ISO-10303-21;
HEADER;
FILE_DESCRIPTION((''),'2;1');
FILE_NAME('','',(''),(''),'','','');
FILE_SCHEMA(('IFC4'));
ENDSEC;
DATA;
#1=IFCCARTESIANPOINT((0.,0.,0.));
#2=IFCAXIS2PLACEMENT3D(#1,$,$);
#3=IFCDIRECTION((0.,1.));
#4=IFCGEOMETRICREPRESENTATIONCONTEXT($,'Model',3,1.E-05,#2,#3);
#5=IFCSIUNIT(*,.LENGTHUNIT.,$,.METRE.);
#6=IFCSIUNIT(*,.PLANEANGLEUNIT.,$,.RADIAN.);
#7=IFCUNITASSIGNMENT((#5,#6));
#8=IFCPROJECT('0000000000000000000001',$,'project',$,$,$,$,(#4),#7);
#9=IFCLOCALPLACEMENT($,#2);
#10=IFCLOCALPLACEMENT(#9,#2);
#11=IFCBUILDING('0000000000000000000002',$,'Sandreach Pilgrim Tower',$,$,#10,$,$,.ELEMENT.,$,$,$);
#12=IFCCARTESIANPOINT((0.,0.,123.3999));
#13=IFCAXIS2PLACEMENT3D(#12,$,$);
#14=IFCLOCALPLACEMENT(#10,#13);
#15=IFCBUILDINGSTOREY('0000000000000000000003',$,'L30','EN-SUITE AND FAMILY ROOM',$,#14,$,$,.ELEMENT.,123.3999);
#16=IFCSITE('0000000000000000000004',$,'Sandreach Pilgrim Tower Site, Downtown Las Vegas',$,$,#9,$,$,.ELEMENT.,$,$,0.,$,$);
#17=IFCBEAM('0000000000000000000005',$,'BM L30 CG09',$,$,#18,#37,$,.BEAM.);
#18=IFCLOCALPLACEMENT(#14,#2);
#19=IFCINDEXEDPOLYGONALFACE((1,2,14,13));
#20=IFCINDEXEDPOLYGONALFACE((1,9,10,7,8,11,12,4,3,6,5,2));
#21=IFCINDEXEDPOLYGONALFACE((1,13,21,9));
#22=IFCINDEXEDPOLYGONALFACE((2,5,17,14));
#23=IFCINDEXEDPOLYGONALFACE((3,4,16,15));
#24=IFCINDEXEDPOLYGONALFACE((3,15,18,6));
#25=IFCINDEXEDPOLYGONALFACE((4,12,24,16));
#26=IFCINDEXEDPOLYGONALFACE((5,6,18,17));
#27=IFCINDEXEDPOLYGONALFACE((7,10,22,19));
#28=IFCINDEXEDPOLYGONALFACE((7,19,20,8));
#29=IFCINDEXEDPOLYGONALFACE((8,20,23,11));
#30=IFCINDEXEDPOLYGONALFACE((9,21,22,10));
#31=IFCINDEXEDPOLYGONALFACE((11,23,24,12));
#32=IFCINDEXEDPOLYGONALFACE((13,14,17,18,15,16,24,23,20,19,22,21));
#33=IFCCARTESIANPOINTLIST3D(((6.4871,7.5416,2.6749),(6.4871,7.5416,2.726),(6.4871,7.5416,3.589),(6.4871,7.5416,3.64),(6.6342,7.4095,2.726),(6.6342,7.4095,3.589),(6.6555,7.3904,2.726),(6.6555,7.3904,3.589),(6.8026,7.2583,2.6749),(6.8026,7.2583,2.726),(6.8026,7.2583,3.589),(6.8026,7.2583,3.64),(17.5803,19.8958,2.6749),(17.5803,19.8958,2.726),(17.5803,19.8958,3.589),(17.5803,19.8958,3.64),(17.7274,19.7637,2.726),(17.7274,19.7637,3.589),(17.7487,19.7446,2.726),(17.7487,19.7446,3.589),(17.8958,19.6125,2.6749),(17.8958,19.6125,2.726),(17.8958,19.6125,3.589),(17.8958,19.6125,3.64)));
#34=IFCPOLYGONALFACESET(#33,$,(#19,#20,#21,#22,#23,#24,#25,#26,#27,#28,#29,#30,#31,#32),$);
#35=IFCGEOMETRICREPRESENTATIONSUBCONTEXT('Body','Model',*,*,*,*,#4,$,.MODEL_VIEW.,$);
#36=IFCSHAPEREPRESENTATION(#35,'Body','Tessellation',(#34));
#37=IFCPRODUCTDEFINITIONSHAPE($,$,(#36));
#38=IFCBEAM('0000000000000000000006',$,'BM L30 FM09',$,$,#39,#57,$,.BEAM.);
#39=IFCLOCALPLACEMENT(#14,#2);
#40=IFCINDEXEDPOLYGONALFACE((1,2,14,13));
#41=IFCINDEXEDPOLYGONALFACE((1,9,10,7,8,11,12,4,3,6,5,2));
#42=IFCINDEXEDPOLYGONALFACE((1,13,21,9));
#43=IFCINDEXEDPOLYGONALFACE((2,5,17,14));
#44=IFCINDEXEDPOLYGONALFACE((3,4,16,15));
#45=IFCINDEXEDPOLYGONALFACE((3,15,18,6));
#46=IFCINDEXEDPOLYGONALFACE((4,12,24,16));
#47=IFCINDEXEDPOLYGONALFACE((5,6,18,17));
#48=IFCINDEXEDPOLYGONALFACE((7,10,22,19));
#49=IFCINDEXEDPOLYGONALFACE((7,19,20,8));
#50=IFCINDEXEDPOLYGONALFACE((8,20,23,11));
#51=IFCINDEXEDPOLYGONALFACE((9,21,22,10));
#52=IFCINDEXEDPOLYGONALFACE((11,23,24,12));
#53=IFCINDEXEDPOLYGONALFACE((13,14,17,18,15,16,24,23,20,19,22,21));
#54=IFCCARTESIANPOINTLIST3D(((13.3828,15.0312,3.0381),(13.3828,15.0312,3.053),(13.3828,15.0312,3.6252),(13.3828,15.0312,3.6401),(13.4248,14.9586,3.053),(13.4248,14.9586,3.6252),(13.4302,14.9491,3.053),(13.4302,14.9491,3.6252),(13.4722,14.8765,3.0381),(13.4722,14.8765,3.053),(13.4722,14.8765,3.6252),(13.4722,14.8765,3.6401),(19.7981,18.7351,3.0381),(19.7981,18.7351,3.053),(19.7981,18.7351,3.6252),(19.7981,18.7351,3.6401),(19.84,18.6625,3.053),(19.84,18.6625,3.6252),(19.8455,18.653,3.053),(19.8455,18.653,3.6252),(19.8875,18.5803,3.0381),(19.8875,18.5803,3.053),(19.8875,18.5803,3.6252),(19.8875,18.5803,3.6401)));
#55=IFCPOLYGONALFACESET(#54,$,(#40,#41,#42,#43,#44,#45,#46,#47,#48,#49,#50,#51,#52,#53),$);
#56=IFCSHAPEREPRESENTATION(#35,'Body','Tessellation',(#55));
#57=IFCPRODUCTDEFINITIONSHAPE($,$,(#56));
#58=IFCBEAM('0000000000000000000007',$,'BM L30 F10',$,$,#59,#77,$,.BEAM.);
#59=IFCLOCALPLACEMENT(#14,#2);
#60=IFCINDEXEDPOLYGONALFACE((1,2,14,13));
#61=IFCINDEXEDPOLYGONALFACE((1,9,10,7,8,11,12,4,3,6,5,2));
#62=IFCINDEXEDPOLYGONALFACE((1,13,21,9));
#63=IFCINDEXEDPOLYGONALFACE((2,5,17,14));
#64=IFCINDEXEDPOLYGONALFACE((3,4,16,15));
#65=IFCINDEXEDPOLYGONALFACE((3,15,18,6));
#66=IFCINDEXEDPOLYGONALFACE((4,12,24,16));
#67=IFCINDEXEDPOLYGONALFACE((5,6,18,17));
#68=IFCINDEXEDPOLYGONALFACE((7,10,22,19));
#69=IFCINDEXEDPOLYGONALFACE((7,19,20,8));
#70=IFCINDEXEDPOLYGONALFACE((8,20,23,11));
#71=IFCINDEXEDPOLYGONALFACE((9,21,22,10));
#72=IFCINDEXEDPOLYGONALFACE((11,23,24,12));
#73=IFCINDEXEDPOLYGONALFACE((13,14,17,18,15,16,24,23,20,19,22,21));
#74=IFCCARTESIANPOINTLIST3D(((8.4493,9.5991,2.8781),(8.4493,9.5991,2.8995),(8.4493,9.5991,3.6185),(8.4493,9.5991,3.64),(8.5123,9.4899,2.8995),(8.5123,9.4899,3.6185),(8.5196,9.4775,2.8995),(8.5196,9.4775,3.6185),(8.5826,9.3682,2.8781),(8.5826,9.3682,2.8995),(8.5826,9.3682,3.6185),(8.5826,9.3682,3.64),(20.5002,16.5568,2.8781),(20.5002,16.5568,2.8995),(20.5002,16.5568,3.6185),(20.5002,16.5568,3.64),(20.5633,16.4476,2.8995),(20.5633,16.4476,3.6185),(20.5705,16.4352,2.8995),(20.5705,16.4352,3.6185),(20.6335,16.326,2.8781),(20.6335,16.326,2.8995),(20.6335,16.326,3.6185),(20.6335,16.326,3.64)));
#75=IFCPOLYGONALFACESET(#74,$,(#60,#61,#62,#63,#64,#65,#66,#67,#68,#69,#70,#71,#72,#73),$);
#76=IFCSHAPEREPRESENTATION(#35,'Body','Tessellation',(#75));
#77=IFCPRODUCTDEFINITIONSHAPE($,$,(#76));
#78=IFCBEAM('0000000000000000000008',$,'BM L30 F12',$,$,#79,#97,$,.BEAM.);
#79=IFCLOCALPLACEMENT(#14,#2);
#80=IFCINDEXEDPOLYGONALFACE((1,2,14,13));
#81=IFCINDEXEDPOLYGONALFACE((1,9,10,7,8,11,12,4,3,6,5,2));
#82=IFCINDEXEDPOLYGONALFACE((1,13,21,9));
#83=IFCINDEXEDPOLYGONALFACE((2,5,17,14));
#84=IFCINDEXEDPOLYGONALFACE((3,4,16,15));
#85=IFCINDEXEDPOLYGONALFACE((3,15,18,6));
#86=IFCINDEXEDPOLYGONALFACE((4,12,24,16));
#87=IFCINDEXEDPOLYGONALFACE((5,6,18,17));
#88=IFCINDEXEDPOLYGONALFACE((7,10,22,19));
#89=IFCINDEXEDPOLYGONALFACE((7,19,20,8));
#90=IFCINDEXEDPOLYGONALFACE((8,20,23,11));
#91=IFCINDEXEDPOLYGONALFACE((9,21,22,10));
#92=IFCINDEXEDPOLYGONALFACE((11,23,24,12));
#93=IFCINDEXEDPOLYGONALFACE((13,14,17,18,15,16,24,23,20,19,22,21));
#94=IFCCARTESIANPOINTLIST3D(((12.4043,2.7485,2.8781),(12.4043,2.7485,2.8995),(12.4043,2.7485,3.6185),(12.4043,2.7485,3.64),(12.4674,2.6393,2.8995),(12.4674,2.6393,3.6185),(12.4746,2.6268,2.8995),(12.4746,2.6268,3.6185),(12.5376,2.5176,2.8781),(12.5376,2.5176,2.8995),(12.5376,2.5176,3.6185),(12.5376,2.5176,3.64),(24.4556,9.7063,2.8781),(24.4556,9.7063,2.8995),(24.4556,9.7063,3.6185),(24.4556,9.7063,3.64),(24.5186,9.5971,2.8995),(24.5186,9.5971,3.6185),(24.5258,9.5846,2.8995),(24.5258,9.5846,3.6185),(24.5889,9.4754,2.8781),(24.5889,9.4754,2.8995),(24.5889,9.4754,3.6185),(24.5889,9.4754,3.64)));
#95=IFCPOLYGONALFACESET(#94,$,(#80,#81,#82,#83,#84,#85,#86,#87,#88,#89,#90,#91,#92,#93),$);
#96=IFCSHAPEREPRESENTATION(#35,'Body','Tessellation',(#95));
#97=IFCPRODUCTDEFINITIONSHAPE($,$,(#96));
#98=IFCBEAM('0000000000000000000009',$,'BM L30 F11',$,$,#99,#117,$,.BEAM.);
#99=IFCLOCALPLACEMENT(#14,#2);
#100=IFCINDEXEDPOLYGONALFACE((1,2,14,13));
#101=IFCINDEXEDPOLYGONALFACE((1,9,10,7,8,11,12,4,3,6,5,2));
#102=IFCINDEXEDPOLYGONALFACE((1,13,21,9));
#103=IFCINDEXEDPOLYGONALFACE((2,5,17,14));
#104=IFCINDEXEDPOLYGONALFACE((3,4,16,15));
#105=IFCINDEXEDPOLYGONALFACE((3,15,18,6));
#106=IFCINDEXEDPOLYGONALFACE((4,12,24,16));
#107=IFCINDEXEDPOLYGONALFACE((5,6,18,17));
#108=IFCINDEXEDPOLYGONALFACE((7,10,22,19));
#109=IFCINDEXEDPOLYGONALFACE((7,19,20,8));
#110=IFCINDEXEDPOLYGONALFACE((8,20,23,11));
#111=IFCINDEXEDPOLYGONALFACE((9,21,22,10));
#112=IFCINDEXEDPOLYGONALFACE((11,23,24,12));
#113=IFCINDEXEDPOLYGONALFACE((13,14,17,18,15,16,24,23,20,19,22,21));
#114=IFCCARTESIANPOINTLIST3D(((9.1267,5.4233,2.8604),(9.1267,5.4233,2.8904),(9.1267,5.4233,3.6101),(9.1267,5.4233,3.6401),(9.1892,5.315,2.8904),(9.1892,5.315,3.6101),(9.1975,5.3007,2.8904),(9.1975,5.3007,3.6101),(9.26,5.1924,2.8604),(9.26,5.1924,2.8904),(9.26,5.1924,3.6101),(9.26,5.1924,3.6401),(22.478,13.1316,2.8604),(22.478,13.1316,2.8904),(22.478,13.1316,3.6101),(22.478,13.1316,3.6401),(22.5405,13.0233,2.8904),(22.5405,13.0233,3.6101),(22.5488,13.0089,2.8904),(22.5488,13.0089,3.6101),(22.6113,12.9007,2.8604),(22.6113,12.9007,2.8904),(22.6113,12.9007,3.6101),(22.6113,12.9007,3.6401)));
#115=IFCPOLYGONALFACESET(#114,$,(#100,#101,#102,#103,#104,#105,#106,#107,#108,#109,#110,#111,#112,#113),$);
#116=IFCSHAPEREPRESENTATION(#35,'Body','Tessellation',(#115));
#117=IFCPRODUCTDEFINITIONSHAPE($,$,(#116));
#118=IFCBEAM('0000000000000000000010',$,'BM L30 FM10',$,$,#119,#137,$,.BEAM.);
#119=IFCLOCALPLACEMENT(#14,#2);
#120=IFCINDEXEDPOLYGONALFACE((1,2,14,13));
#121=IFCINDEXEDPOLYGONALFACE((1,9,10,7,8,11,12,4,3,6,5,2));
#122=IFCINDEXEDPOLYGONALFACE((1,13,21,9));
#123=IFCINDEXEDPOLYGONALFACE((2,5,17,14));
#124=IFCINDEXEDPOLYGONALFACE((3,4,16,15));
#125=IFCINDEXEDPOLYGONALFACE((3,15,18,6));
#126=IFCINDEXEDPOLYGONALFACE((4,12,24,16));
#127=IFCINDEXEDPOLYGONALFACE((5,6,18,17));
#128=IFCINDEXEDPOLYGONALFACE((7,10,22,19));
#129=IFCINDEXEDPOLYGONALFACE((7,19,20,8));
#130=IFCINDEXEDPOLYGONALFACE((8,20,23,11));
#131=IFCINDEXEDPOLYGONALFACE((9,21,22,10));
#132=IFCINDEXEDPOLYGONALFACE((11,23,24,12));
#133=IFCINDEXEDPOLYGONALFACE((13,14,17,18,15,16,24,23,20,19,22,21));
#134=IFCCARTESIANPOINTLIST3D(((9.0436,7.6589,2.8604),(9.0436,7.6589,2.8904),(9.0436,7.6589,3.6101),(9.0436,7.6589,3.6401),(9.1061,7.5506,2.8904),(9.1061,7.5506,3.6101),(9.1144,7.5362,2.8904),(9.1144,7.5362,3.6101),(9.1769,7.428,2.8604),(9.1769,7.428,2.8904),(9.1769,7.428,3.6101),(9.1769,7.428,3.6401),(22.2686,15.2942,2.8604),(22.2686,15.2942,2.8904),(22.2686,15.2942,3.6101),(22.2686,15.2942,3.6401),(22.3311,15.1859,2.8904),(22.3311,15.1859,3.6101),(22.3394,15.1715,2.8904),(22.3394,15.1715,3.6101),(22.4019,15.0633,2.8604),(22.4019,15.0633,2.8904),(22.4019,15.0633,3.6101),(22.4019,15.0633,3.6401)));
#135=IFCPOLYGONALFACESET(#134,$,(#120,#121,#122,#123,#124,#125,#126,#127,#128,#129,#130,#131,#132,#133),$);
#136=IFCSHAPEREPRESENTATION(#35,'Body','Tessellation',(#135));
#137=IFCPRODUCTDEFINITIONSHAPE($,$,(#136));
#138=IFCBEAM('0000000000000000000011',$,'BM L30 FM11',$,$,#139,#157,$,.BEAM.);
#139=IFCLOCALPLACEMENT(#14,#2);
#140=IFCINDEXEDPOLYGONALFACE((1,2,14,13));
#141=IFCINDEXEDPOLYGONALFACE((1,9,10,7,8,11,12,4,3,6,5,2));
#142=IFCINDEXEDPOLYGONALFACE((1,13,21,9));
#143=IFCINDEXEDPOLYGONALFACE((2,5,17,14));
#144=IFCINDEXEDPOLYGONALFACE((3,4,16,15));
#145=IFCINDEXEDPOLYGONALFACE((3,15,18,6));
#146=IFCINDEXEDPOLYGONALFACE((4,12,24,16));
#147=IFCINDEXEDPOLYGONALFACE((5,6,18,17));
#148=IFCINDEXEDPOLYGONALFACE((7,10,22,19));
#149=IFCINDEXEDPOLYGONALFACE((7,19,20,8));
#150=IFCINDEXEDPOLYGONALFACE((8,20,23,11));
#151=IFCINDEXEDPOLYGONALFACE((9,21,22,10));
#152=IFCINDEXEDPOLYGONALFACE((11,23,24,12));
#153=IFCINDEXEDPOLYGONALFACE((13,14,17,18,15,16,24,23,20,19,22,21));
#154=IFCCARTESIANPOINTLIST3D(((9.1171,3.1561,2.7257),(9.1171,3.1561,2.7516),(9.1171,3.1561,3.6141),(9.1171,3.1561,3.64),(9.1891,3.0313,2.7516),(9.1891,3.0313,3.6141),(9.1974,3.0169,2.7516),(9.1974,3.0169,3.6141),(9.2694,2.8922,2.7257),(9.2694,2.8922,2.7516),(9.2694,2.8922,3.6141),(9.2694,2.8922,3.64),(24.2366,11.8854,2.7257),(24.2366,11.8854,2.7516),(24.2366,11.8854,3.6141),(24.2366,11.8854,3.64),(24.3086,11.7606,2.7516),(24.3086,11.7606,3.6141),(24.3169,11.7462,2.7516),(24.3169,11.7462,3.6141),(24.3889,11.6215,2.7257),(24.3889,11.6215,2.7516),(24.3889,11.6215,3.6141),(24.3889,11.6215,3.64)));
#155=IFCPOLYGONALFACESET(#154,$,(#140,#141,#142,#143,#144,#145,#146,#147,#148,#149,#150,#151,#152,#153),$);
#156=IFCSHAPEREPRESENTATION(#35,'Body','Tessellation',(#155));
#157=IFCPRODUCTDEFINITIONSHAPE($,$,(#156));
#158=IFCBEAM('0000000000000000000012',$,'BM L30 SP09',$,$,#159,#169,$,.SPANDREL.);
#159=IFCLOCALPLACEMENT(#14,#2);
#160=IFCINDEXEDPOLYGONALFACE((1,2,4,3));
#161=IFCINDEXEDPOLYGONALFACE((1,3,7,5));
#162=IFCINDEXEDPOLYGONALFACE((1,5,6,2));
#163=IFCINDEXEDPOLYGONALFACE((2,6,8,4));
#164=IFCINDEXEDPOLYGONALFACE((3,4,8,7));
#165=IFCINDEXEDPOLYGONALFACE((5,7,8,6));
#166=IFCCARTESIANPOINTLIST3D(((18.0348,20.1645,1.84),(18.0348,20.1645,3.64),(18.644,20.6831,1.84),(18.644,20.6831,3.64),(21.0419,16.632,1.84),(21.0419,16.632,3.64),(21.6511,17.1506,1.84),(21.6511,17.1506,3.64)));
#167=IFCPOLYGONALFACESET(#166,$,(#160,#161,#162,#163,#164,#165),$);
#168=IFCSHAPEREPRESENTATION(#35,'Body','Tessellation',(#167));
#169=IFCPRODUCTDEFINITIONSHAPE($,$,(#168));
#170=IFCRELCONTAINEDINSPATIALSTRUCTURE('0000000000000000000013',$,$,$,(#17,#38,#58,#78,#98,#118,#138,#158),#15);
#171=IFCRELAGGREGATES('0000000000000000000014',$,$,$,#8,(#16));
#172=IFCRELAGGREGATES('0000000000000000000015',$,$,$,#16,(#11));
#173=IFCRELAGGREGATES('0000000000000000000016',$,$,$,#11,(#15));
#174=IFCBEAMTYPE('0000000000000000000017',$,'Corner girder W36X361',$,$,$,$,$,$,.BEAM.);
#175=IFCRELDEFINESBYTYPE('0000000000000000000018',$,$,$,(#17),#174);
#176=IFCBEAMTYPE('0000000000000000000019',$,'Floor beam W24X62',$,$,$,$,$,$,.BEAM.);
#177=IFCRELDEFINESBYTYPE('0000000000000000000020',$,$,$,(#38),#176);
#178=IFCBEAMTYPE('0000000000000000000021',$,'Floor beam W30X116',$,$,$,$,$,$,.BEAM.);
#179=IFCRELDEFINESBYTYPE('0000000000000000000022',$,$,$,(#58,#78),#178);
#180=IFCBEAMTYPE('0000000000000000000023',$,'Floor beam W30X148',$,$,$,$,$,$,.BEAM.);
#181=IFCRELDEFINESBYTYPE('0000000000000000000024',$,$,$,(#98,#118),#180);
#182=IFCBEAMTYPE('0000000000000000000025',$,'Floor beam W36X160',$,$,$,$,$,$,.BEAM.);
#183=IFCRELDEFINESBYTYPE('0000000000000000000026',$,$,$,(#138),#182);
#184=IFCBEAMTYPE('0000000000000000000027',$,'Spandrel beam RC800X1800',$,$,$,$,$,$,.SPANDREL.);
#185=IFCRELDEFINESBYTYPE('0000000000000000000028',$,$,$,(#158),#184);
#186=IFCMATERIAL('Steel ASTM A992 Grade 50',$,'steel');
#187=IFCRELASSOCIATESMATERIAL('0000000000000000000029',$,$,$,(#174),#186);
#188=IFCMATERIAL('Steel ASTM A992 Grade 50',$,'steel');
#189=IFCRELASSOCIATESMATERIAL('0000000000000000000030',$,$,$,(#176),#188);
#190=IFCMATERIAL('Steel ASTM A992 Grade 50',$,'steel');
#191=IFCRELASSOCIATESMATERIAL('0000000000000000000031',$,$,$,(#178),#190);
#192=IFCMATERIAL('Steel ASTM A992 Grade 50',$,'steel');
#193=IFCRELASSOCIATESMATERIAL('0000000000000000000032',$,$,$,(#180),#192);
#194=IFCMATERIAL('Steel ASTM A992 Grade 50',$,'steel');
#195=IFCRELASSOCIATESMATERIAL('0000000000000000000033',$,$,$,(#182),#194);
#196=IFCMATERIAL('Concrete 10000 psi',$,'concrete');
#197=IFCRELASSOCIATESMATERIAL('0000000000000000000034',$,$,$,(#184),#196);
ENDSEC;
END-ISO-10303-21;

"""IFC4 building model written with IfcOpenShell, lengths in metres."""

from ifc_helpers import new_model, si_unit, direction, frame, origin, origin_2d, place, context, subcontext, project, spatial, rectangle, i_section, extrude, material, material_profile, profile_set, type_object, element, save


model = new_model("IFC4")

# Units and contexts
model_context = context("Model", 3, precision=1e-05, world=origin(), true_north=direction((0.0, 1.0)))
body_context = subcontext(model_context, "Body", "Model", "MODEL_VIEW")
ifc_project = project(units=[si_unit("LENGTHUNIT", "METRE"), si_unit("PLANEANGLEUNIT", "RADIAN")], contexts=[model_context])

# Site, building, storey
site_placement = place(None, origin())
site = spatial("IfcSite", under=ifc_project, at=site_placement, Name="Sandreach Pilgrim Tower Site, Downtown Las Vegas", CompositionType="ELEMENT", RefElevation=0.0)
building_placement = place(site_placement, origin())
building = spatial("IfcBuilding", under=site, at=building_placement, Name="Sandreach Pilgrim Tower", CompositionType="ELEMENT")
storey_placement = place(building_placement, frame((0.0, 0.0, 123.3999)))
storey = spatial("IfcBuildingStorey", under=building, at=storey_placement, Name="L30", Description="EN-SUITE AND FAMILY ROOM", CompositionType="ELEMENT", Elevation=123.3999)

# Beams
ifc_material_1 = material(Name="Steel ASTM A992 Grade 50", Category="steel")
ifc_material_profile_1 = material_profile(ifc_material_1, i_section(OverallWidth=0.4241, OverallDepth=0.9651, WebThickness=0.0286, FlangeThickness=0.051, at=origin_2d()), Name="W36X361")
ifc_profile_set_1 = profile_set([ifc_material_profile_1], Name="Steel ASTM A992 Grade 50")
beam_type_1 = type_object("IfcBeamType", Name="Corner girder W36X361", PredefinedType="BEAM", material=ifc_profile_set_1)
beam_1_placement = place(storey_placement, frame((17.738, 19.7542, 3.1575), z_axis=(-0.668114, -0.744059, 0.0), x_axis=(0.744059, -0.668114, 0.0)))
element("IfcBeam", 1, at=beam_1_placement, inside=storey, type_object=beam_type_1, Name="BM L30 CG09", PredefinedType="BEAM", context=body_context, shape_type="SweptSolid", body=[
    extrude(i_section(OverallWidth=0.4241, OverallDepth=0.9651, WebThickness=0.0286, FlangeThickness=0.051, at=origin_2d()), origin(), (0.0, 0.0, 1.0), 16.6038),
])
ifc_material_2 = material(Name="Steel ASTM A992 Grade 50", Category="steel")
ifc_material_profile_2 = material_profile(ifc_material_2, i_section(OverallWidth=0.1787, OverallDepth=0.6021, WebThickness=0.011, FlangeThickness=0.0149, at=origin_2d()), Name="W24X62")
ifc_profile_set_2 = profile_set([ifc_material_profile_2], Name="Steel ASTM A992 Grade 50")
beam_type_2 = type_object("IfcBeamType", Name="Floor beam W24X62", PredefinedType="BEAM", material=ifc_profile_set_2)
beam_2_placement = place(storey_placement, frame((19.8428, 18.6577, 3.3391), z_axis=(-0.866026, -0.499999, 0.0), x_axis=(0.499999, -0.866026, 0.0)))
element("IfcBeam", 2, at=beam_2_placement, inside=storey, type_object=beam_type_2, Name="BM L30 FM09", PredefinedType="BEAM", context=body_context, shape_type="SweptSolid", body=[
    extrude(i_section(OverallWidth=0.1787, OverallDepth=0.6021, WebThickness=0.011, FlangeThickness=0.0149, at=origin_2d()), origin(), (0.0, 0.0, 1.0), 7.4077),
])
ifc_material_3 = material(Name="Steel ASTM A992 Grade 50", Category="steel")
ifc_material_profile_3 = material_profile(ifc_material_3, i_section(OverallWidth=0.2666, OverallDepth=0.762, WebThickness=0.0144, FlangeThickness=0.0215, at=origin_2d()), Name="W30X116")
ifc_profile_set_3 = profile_set([ifc_material_profile_3], Name="Steel ASTM A992 Grade 50")
beam_type_3 = type_object("IfcBeamType", Name="Floor beam W30X116", PredefinedType="BEAM", material=ifc_profile_set_3)
beam_3_placement = place(storey_placement, frame((20.5669, 16.4414, 3.259), z_axis=(-0.866022, -0.500005, 0.0), x_axis=(0.500005, -0.866022, 0.0)))
element("IfcBeam", 3, at=beam_3_placement, inside=storey, type_object=beam_type_3, Name="BM L30 F10", PredefinedType="BEAM", context=body_context, shape_type="SweptSolid", body=[
    extrude(i_section(OverallWidth=0.2666, OverallDepth=0.762, WebThickness=0.0144, FlangeThickness=0.0215, at=origin_2d()), origin(), (0.0, 0.0, 1.0), 13.9153),
])
beam_4_placement = place(storey_placement, frame((24.5222, 9.5908, 3.259), z_axis=(-0.866027, -0.499998, 0.0), x_axis=(0.499998, -0.866027, 0.0)))
element("IfcBeam", 4, at=beam_4_placement, inside=storey, type_object=beam_type_3, Name="BM L30 F12", PredefinedType="BEAM", context=body_context, shape_type="SweptSolid", body=[
    extrude(i_section(OverallWidth=0.2666, OverallDepth=0.762, WebThickness=0.0144, FlangeThickness=0.0215, at=origin_2d()), origin(), (0.0, 0.0, 1.0), 13.9155),
])
ifc_material_4 = material(Name="Steel ASTM A992 Grade 50", Category="steel")
ifc_material_profile_4 = material_profile(ifc_material_4, i_section(OverallWidth=0.2666, OverallDepth=0.7798, WebThickness=0.0166, FlangeThickness=0.03, at=origin_2d()), Name="W30X148")
ifc_profile_set_4 = profile_set([ifc_material_profile_4], Name="Steel ASTM A992 Grade 50")
beam_type_4 = type_object("IfcBeamType", Name="Floor beam W30X148", PredefinedType="BEAM", material=ifc_profile_set_4)
beam_5_placement = place(storey_placement, frame((22.5447, 13.0161, 3.2502), z_axis=(-0.866029, -0.499993, 0.0), x_axis=(0.499993, -0.866029, 0.0)))
element("IfcBeam", 5, at=beam_5_placement, inside=storey, type_object=beam_type_4, Name="BM L30 F11", PredefinedType="BEAM", context=body_context, shape_type="SweptSolid", body=[
    extrude(i_section(OverallWidth=0.2666, OverallDepth=0.7798, WebThickness=0.0166, FlangeThickness=0.03, at=origin_2d()), origin(), (0.0, 0.0, 1.0), 15.4167),
])
beam_6_placement = place(storey_placement, frame((22.3352, 15.1787, 3.2502), z_axis=(-0.866029, -0.499994, 0.0), x_axis=(0.499994, -0.866029, 0.0)))
element("IfcBeam", 6, at=beam_6_placement, inside=storey, type_object=beam_type_4, Name="BM L30 FM10", PredefinedType="BEAM", context=body_context, shape_type="SweptSolid", body=[
    extrude(i_section(OverallWidth=0.2666, OverallDepth=0.7798, WebThickness=0.0166, FlangeThickness=0.03, at=origin_2d()), origin(), (0.0, 0.0, 1.0), 15.2708),
])
ifc_material_5 = material(Name="Steel ASTM A992 Grade 50", Category="steel")
ifc_material_profile_5 = material_profile(ifc_material_5, i_section(OverallWidth=0.3047, OverallDepth=0.9143, WebThickness=0.0166, FlangeThickness=0.0259, at=origin_2d()), Name="W36X160")
ifc_profile_set_5 = profile_set([ifc_material_profile_5], Name="Steel ASTM A992 Grade 50")
beam_type_5 = type_object("IfcBeamType", Name="Floor beam W36X160", PredefinedType="BEAM", material=ifc_profile_set_5)
beam_7_placement = place(storey_placement, frame((24.3127, 11.7534, 3.1829), z_axis=(-0.866024, -0.500003, 0.0), x_axis=(0.500003, -0.866024, 0.0)))
element("IfcBeam", 7, at=beam_7_placement, inside=storey, type_object=beam_type_5, Name="BM L30 FM11", PredefinedType="BEAM", context=body_context, shape_type="SweptSolid", body=[
    extrude(i_section(OverallWidth=0.3047, OverallDepth=0.9143, WebThickness=0.0166, FlangeThickness=0.0259, at=origin_2d()), origin(), (0.0, 0.0, 1.0), 17.4585),
])
ifc_material_6 = material(Name="Concrete 10000 psi", Category="concrete")
ifc_material_profile_6 = material_profile(ifc_material_6, rectangle(XDim=0.8, YDim=1.8, at=origin_2d()), Name="RC800X1800")
ifc_profile_set_6 = profile_set([ifc_material_profile_6], Name="Concrete 10000 psi")
beam_type_6 = type_object("IfcBeamType", Name="Spandrel beam RC800X1800", PredefinedType="SPANDREL", material=ifc_profile_set_6)
beam_8_placement = place(storey_placement, frame((18.3394, 20.4238, 2.74), z_axis=(0.648209, -0.761463, 0.0), x_axis=(0.761463, 0.648209, 0.0)))
element("IfcBeam", 8, at=beam_8_placement, inside=storey, type_object=beam_type_6, Name="BM L30 SP09", PredefinedType="SPANDREL", context=body_context, shape_type="SweptSolid", body=[
    extrude(rectangle(XDim=0.8, YDim=1.8, at=origin_2d()), origin(), (0.0, 0.0, 1.0), 4.6392),
])

save(model, "model.ifc")
